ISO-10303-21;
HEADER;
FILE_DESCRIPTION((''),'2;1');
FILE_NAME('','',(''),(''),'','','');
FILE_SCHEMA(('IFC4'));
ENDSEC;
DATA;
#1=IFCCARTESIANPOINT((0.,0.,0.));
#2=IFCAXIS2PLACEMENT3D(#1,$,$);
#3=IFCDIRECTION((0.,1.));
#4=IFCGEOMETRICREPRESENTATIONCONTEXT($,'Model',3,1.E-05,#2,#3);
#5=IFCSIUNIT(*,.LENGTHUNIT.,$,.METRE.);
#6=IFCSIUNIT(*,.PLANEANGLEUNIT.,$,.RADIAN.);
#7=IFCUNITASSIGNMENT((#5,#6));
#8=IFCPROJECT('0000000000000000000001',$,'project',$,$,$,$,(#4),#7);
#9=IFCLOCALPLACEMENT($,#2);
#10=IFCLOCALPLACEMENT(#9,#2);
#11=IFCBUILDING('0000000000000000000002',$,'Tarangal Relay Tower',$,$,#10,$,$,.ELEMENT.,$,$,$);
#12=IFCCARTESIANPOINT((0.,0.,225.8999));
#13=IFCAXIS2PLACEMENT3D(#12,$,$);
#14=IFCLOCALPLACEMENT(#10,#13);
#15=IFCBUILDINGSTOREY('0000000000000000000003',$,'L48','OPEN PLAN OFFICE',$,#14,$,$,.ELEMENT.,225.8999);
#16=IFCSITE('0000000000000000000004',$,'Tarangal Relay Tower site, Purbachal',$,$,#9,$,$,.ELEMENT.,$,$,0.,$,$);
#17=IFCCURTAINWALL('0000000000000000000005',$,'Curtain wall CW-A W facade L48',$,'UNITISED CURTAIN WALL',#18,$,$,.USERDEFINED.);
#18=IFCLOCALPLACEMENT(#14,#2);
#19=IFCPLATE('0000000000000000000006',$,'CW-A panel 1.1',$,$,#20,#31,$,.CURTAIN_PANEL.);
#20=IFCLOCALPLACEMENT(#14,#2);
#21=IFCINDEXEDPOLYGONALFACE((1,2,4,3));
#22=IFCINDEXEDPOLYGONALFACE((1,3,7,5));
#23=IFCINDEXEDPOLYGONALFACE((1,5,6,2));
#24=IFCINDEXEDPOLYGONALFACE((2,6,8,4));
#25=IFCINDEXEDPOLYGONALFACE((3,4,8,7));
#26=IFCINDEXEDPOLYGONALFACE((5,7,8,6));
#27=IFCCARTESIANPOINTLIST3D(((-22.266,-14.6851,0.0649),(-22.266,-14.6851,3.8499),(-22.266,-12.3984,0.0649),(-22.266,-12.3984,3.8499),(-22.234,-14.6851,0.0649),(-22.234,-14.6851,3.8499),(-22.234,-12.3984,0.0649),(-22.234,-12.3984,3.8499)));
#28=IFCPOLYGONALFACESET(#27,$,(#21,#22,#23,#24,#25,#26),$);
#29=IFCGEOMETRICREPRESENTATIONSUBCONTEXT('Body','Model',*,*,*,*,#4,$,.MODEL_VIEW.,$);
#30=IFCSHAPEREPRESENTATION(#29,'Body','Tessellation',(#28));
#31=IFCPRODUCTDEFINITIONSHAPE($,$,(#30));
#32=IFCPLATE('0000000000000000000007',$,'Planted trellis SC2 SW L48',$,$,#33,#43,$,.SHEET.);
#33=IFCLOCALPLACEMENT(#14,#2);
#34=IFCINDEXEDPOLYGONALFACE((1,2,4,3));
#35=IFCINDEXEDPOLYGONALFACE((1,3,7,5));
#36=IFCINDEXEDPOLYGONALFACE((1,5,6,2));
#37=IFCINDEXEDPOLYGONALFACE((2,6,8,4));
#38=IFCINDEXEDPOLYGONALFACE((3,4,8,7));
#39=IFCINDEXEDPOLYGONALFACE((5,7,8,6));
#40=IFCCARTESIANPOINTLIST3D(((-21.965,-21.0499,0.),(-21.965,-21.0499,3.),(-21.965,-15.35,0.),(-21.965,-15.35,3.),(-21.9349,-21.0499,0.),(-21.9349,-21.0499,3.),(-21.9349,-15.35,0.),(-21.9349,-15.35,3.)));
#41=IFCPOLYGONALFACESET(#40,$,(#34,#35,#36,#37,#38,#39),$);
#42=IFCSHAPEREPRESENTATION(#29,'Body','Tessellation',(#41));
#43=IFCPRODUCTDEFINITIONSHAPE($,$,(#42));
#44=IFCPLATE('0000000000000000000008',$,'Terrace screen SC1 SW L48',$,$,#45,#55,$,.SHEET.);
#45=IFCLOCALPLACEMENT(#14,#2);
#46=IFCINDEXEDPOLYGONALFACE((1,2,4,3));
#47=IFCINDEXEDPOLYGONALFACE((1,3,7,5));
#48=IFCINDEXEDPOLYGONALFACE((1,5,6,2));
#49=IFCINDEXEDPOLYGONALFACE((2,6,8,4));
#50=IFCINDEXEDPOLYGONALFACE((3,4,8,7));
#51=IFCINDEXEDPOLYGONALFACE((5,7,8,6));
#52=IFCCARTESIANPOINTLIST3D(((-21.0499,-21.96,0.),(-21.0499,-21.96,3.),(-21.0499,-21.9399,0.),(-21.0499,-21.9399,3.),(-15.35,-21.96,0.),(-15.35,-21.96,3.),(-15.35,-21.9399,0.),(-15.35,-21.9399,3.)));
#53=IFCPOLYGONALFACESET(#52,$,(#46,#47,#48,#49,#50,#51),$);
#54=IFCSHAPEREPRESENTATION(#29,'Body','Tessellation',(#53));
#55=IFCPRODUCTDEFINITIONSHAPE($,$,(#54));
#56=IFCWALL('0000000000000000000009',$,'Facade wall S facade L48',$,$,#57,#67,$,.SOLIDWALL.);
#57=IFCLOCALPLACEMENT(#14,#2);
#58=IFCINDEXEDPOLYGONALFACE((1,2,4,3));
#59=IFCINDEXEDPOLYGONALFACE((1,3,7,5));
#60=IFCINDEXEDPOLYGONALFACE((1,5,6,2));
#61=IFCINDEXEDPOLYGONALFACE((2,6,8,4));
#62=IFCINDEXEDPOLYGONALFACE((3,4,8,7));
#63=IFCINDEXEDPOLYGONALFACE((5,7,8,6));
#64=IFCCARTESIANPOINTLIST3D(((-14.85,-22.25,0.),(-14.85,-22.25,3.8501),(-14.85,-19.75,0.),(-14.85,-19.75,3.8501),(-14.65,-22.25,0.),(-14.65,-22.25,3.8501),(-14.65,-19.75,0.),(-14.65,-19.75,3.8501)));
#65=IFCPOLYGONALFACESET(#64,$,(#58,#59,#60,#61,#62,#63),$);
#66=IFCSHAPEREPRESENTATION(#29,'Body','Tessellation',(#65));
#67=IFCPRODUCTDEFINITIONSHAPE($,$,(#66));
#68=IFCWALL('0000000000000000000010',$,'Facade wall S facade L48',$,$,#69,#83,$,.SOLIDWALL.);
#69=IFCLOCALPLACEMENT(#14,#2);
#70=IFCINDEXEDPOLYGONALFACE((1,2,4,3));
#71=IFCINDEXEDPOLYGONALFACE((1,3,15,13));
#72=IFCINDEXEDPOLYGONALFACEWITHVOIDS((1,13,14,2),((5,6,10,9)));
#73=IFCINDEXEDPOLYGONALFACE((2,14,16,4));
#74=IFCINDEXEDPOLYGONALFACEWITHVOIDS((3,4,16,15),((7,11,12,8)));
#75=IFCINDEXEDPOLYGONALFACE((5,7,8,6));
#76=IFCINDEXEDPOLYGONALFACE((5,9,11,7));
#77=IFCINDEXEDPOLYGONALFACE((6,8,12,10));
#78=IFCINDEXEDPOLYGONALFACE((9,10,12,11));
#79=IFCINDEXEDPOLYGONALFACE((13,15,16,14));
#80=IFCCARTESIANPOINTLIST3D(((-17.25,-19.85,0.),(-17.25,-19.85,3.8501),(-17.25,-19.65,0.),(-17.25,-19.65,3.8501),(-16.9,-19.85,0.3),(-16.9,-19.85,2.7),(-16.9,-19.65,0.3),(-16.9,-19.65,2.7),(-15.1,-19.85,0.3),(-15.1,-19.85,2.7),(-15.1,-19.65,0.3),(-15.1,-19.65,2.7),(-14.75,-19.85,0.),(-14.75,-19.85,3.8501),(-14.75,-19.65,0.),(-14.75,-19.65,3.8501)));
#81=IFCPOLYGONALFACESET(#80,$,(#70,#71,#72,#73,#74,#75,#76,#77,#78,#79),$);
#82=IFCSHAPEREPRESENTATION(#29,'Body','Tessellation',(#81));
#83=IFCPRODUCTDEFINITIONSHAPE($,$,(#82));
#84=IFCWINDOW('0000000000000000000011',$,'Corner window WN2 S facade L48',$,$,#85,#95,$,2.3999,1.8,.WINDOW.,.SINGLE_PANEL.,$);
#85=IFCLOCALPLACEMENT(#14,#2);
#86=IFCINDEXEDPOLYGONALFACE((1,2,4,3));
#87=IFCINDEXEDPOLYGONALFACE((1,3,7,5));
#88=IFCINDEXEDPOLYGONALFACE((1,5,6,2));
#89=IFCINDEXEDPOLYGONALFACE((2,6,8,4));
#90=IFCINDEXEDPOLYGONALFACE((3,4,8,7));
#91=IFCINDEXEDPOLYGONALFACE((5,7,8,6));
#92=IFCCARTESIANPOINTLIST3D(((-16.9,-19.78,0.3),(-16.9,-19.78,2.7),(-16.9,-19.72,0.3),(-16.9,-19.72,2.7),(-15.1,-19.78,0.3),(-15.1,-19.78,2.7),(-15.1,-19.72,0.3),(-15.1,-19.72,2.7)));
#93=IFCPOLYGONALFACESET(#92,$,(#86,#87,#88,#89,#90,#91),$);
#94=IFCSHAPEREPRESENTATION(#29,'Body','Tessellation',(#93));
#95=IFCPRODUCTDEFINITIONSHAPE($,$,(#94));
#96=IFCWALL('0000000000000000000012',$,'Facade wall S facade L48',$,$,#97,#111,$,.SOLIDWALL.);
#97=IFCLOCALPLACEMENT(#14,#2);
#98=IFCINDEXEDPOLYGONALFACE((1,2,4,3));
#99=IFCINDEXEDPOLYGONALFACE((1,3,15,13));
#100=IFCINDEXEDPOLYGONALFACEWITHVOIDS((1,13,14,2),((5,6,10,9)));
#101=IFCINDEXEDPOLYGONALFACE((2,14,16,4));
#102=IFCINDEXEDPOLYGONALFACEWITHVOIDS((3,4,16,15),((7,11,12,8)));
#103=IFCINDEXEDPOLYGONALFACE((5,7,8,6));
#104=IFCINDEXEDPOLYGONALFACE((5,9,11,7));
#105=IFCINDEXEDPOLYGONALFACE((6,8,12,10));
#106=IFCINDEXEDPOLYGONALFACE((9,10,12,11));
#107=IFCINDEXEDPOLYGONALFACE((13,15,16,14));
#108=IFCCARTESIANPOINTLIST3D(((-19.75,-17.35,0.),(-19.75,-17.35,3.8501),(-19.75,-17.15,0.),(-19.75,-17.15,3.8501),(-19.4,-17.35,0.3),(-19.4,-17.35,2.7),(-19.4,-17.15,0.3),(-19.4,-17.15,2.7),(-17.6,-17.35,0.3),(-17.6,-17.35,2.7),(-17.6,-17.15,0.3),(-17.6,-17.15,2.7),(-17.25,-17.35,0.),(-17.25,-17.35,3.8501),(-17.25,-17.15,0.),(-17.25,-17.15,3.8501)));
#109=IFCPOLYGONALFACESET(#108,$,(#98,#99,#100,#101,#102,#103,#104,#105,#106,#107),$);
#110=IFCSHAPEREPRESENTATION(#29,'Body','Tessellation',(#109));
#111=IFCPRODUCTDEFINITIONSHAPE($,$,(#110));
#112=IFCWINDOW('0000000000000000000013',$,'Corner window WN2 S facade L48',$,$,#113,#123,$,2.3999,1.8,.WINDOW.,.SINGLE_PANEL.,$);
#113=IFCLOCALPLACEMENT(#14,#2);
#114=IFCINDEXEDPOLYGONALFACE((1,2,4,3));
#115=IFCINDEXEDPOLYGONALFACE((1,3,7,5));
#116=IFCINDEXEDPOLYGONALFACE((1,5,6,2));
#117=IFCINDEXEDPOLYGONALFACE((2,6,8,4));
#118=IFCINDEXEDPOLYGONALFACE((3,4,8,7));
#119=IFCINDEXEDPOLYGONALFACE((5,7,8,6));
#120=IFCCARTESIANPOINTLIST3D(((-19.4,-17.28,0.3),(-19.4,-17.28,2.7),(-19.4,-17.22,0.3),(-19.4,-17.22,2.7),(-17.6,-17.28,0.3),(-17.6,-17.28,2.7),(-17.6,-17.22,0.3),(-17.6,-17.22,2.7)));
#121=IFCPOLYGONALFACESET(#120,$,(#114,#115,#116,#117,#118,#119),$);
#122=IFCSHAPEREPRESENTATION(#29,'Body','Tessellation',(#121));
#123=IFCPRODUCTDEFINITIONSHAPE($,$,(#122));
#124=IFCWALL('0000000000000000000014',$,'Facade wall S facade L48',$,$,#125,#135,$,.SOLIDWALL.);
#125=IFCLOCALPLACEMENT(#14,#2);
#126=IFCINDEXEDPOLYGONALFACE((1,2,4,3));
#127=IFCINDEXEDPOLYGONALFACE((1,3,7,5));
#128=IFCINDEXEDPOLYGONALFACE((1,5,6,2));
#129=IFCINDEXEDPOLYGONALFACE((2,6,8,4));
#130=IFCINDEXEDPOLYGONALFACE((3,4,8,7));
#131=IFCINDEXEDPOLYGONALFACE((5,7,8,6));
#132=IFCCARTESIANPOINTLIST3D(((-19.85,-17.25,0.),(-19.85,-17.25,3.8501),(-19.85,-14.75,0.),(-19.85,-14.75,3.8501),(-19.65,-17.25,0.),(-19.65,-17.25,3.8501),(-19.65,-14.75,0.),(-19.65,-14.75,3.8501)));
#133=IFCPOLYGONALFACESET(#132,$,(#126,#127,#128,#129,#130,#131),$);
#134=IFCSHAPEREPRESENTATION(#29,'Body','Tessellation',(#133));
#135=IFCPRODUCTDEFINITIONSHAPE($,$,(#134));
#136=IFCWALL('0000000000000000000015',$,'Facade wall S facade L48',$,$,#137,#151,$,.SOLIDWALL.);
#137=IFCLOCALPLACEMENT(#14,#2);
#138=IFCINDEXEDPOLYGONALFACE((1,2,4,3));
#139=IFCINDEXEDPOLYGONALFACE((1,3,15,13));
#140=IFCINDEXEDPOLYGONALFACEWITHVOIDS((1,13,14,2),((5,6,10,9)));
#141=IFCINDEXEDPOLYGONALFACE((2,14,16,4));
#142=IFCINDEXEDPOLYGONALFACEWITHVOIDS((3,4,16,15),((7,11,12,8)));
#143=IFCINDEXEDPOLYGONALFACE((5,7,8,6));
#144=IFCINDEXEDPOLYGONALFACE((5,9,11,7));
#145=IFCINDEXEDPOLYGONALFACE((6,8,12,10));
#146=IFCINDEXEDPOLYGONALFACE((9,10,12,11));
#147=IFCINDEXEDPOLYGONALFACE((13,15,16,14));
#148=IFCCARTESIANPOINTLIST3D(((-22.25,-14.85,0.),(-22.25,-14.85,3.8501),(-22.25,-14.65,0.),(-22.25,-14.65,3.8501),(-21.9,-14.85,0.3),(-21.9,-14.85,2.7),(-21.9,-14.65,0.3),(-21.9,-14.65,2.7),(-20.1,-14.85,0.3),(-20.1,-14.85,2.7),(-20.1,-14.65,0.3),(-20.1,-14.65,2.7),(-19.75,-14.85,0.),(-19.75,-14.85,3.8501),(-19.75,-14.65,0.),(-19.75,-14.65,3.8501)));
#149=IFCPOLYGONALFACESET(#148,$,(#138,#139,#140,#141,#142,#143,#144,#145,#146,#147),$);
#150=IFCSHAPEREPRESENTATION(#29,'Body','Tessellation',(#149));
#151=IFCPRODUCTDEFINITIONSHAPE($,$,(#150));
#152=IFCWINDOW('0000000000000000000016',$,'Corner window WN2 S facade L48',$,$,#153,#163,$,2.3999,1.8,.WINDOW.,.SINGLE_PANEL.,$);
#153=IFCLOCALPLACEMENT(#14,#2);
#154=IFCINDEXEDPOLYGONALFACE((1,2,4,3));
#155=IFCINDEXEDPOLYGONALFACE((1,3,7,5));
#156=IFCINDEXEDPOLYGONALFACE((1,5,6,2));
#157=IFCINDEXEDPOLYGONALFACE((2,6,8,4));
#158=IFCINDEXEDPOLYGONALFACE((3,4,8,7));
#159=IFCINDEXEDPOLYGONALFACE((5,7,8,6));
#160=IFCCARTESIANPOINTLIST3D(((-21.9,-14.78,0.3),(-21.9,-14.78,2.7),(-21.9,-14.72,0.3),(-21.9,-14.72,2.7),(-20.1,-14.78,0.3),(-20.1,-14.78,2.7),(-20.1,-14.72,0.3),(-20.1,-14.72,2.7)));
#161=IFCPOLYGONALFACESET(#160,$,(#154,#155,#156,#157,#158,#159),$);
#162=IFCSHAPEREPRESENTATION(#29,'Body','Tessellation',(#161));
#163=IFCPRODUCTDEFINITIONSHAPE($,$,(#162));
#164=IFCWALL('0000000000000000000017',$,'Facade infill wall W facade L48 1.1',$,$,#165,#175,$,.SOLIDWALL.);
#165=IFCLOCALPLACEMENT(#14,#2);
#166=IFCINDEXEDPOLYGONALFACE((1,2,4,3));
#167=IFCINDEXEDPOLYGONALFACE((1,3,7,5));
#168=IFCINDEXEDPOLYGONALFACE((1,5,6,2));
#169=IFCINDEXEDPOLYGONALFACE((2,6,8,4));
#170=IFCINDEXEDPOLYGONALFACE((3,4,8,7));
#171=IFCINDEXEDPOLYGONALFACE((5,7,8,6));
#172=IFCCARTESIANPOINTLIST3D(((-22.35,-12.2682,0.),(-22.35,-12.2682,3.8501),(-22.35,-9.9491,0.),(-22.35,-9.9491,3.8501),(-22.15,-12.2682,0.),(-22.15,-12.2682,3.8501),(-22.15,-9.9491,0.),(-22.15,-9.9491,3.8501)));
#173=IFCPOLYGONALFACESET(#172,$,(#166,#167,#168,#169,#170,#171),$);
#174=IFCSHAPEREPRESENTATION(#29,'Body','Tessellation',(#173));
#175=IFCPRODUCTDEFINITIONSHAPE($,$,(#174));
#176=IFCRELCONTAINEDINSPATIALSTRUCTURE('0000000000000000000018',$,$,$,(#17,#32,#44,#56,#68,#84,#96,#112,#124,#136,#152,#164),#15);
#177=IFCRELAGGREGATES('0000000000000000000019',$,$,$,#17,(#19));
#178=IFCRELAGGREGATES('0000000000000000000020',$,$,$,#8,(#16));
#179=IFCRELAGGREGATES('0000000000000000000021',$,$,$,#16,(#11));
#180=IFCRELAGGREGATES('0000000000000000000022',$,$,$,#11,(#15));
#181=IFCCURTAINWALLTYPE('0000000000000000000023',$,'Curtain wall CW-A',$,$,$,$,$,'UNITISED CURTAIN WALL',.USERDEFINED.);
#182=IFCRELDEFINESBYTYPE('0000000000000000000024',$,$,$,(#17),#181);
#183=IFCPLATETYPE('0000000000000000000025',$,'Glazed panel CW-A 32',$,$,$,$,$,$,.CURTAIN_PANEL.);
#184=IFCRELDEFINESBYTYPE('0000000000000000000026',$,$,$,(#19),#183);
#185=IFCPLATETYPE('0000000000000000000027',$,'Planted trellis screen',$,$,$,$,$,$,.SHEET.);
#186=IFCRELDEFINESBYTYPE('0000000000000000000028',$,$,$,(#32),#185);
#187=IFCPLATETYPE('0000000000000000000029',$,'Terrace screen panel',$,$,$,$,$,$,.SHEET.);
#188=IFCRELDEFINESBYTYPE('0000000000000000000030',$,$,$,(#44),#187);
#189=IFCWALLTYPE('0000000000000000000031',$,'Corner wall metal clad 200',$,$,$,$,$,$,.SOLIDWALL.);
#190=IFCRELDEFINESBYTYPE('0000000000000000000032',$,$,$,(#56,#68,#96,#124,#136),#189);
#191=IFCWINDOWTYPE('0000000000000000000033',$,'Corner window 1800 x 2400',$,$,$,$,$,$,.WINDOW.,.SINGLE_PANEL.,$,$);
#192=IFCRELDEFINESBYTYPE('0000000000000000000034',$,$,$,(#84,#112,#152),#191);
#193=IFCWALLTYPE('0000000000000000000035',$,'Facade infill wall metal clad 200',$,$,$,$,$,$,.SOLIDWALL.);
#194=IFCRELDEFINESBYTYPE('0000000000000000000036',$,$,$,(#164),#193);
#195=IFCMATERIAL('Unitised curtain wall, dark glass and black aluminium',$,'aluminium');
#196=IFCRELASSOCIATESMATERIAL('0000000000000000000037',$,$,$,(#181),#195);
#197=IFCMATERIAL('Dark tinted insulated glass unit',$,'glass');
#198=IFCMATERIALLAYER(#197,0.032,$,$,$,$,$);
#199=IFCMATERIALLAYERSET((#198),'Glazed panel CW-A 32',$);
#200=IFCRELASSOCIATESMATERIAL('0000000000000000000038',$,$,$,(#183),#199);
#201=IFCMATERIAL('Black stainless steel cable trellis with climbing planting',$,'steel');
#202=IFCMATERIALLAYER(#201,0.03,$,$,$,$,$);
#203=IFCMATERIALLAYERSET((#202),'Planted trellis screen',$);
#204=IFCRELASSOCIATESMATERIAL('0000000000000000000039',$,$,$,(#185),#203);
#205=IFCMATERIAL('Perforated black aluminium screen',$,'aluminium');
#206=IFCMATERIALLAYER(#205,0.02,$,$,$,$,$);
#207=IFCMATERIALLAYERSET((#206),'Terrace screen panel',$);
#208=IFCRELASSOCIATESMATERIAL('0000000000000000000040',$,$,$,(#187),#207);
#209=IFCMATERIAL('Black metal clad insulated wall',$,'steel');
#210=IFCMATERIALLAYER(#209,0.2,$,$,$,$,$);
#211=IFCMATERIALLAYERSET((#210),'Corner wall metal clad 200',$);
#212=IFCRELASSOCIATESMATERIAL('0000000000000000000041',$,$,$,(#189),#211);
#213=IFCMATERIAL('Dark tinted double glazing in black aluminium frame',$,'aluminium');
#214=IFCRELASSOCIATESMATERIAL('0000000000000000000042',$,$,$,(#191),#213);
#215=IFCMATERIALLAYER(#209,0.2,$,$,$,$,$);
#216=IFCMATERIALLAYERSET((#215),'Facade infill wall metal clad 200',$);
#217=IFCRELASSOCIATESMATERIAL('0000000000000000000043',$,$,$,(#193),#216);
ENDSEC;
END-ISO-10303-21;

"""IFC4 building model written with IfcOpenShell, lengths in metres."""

from ifc_helpers import new_model, si_unit, direction, frame, frame_2d, origin, origin_2d, place, context, subcontext, project, spatial, rectangle, extrude, material, layer, layer_set, type_object, element, fill, aggregate, save


model = new_model("IFC4")

# Units and contexts
model_context = context("Model", 3, precision=1e-05, world=origin(), true_north=direction((0.0, 1.0)))
body_context = subcontext(model_context, "Body", "Model", "MODEL_VIEW")
ifc_project = project(units=[si_unit("LENGTHUNIT", "METRE"), si_unit("PLANEANGLEUNIT", "RADIAN")], contexts=[model_context])

# Site, building, storey
site_placement = place(None, origin())
site = spatial("IfcSite", under=ifc_project, at=site_placement, Name="Tarangal Relay Tower site, Purbachal", CompositionType="ELEMENT", RefElevation=0.0)
building_placement = place(site_placement, origin())
building = spatial("IfcBuilding", under=site, at=building_placement, Name="Tarangal Relay Tower", CompositionType="ELEMENT")
storey_placement = place(building_placement, frame((0.0, 0.0, 225.8999)))
storey = spatial("IfcBuildingStorey", under=building, at=storey_placement, Name="L48", Description="OPEN PLAN OFFICE", CompositionType="ELEMENT", Elevation=225.8999)

# Curtain wall
ifc_material_1 = material(Name="Unitised curtain wall, dark glass and black aluminium", Category="aluminium")
curtain_wall_type_1 = type_object("IfcCurtainWallType", Name="Curtain wall CW-A", ElementType="UNITISED CURTAIN WALL", PredefinedType="USERDEFINED", material=ifc_material_1)
curtain_wall_1_placement = place(storey_placement, origin())
curtain_wall_1 = element("IfcCurtainWall", 1, at=curtain_wall_1_placement, inside=storey, type_object=curtain_wall_type_1, Name="Curtain wall CW-A W facade L48", ObjectType="UNITISED CURTAIN WALL", PredefinedType="USERDEFINED")

# Plate
ifc_material_2 = material(Name="Dark tinted insulated glass unit", Category="glass")
ifc_layer_1 = layer(ifc_material_2, 0.032)
ifc_layer_set_1 = layer_set([ifc_layer_1], Name="Glazed panel CW-A 32")
plate_type_1 = type_object("IfcPlateType", Name="Glazed panel CW-A 32", PredefinedType="CURTAIN_PANEL", material=ifc_layer_set_1)
plate_1_placement = place(storey_placement, frame((-22.25, -13.5417, 0.0649), z_axis=(0.0, 0.0, 1.0), x_axis=(0.0, 1.0, 0.0)))
plate_1 = element("IfcPlate", 2, at=plate_1_placement, type_object=plate_type_1, Name="CW-A panel 1.1", PredefinedType="CURTAIN_PANEL", context=body_context, shape_type="SweptSolid", body=[
    extrude(rectangle(XDim=2.2866, YDim=0.032, at=origin_2d()), origin(), (0.0, 0.0, 1.0), 3.7849),
])
aggregate(curtain_wall_1, [plate_1])

# Plates
ifc_material_3 = material(Name="Black stainless steel cable trellis with climbing planting", Category="steel")
ifc_layer_2 = layer(ifc_material_3, 0.03)
ifc_layer_set_2 = layer_set([ifc_layer_2], Name="Planted trellis screen")
plate_type_2 = type_object("IfcPlateType", Name="Planted trellis screen", PredefinedType="SHEET", material=ifc_layer_set_2)
plate_2_placement = place(storey_placement, frame((-21.95, -18.2, 0.0), z_axis=(0.0, 0.0, 1.0), x_axis=(0.0, 1.0, 0.0)))
element("IfcPlate", 3, at=plate_2_placement, inside=storey, type_object=plate_type_2, Name="Planted trellis SC2 SW L48", PredefinedType="SHEET", context=body_context, shape_type="SweptSolid", body=[
    extrude(rectangle(XDim=5.7, YDim=0.03, at=origin_2d()), origin(), (0.0, 0.0, 1.0), 3.0),
])
ifc_material_4 = material(Name="Perforated black aluminium screen", Category="aluminium")
ifc_layer_3 = layer(ifc_material_4, 0.02)
ifc_layer_set_3 = layer_set([ifc_layer_3], Name="Terrace screen panel")
plate_type_3 = type_object("IfcPlateType", Name="Terrace screen panel", PredefinedType="SHEET", material=ifc_layer_set_3)
plate_3_placement = place(storey_placement, frame((-18.2, -21.95, 0.0), z_axis=(0.0, 0.0, 1.0), x_axis=(-1.0, 0.0, 0.0)))
element("IfcPlate", 4, at=plate_3_placement, inside=storey, type_object=plate_type_3, Name="Terrace screen SC1 SW L48", PredefinedType="SHEET", context=body_context, shape_type="SweptSolid", body=[
    extrude(rectangle(XDim=5.7, YDim=0.02, at=origin_2d()), origin(), (0.0, 0.0, 1.0), 3.0),
])

# Wall
ifc_material_5 = material(Name="Black metal clad insulated wall", Category="steel")
ifc_layer_4 = layer(ifc_material_5, 0.2)
ifc_layer_set_4 = layer_set([ifc_layer_4], Name="Corner wall metal clad 200")
wall_type_1 = type_object("IfcWallType", Name="Corner wall metal clad 200", PredefinedType="SOLIDWALL", material=ifc_layer_set_4)
wall_1_placement = place(storey_placement, frame((-14.75, -22.25, 0.0), z_axis=(0.0, 0.0, 1.0), x_axis=(0.0, 1.0, 0.0)))
element("IfcWall", 5, at=wall_1_placement, inside=storey, type_object=wall_type_1, Name="Facade wall S facade L48", PredefinedType="SOLIDWALL", context=body_context, shape_type="SweptSolid", body=[
    extrude(rectangle(XDim=2.5, YDim=0.2, at=frame_2d((1.25, 0.0))), origin(), (0.0, 0.0, 1.0), 3.8501),
])

# Wall, opening, window
wall_2_placement = place(storey_placement, frame((-14.75, -19.75, 0.0), z_axis=(0.0, 0.0, 1.0), x_axis=(-1.0, 0.0, 0.0)))
wall_2 = element("IfcWall", 6, at=wall_2_placement, inside=storey, type_object=wall_type_1, Name="Facade wall S facade L48", PredefinedType="SOLIDWALL", context=body_context, shape_type="SweptSolid", body=[
    extrude(rectangle(XDim=2.5, YDim=0.2, at=frame_2d((1.25, 0.0))), origin(), (0.0, 0.0, 1.0), 3.8501),
])
opening_1_placement = place(wall_2_placement, frame((0.3501, 0.0, 0.3)))
opening_1 = element("IfcOpeningElement", 7, at=opening_1_placement, cuts=wall_2, PredefinedType="OPENING", context=body_context, shape_type="SweptSolid", body=[
    extrude(rectangle(XDim=1.8, YDim=2.3999, at=frame_2d((0.8999, 1.2))), frame((0.0, 0.1099, 0.0), z_axis=(0.0, -1.0, 0.0), x_axis=(1.0, 0.0, 0.0)), (0.0, 0.0, 1.0), 0.22),
])
ifc_material_6 = material(Name="Dark tinted double glazing in black aluminium frame", Category="aluminium")
window_type = type_object("IfcWindowType", Name="Corner window 1800 x 2400", PartitioningType="SINGLE_PANEL", PredefinedType="WINDOW", material=ifc_material_6)
window_1_placement = place(opening_1_placement, origin())
window_1 = element("IfcWindow", 8, at=window_1_placement, inside=storey, type_object=window_type, Name="Corner window WN2 S facade L48", OverallHeight=2.3999, OverallWidth=1.8, PartitioningType="SINGLE_PANEL", PredefinedType="WINDOW", context=body_context, shape_type="SweptSolid", body=[
    extrude(rectangle(XDim=1.8, YDim=2.3999, at=frame_2d((0.8999, 1.2))), frame((0.0, 0.03, 0.0), z_axis=(0.0, -1.0, 0.0), x_axis=(1.0, 0.0, 0.0)), (0.0, 0.0, 1.0), 0.0601),
])
fill(opening_1, window_1)

# Wall, opening, window
wall_3_placement = place(storey_placement, frame((-17.25, -17.25, 0.0), z_axis=(0.0, 0.0, 1.0), x_axis=(-1.0, 0.0, 0.0)))
wall_3 = element("IfcWall", 9, at=wall_3_placement, inside=storey, type_object=wall_type_1, Name="Facade wall S facade L48", PredefinedType="SOLIDWALL", context=body_context, shape_type="SweptSolid", body=[
    extrude(rectangle(XDim=2.5, YDim=0.2, at=frame_2d((1.25, 0.0))), origin(), (0.0, 0.0, 1.0), 3.8501),
])
opening_2_placement = place(wall_3_placement, frame((0.3501, 0.0, 0.3)))
opening_2 = element("IfcOpeningElement", 10, at=opening_2_placement, cuts=wall_3, PredefinedType="OPENING", context=body_context, shape_type="SweptSolid", body=[
    extrude(rectangle(XDim=1.8, YDim=2.3999, at=frame_2d((0.8999, 1.2))), frame((0.0, 0.1099, 0.0), z_axis=(0.0, -1.0, 0.0), x_axis=(1.0, 0.0, 0.0)), (0.0, 0.0, 1.0), 0.22),
])
window_2_placement = place(opening_2_placement, origin())
window_2 = element("IfcWindow", 11, at=window_2_placement, inside=storey, type_object=window_type, Name="Corner window WN2 S facade L48", OverallHeight=2.3999, OverallWidth=1.8, PartitioningType="SINGLE_PANEL", PredefinedType="WINDOW", context=body_context, shape_type="SweptSolid", body=[
    extrude(rectangle(XDim=1.8, YDim=2.3999, at=frame_2d((0.8999, 1.2))), frame((0.0, 0.03, 0.0), z_axis=(0.0, -1.0, 0.0), x_axis=(1.0, 0.0, 0.0)), (0.0, 0.0, 1.0), 0.0601),
])
fill(opening_2, window_2)

# Wall
wall_4_placement = place(storey_placement, frame((-19.75, -17.25, 0.0), z_axis=(0.0, 0.0, 1.0), x_axis=(0.0, 1.0, 0.0)))
element("IfcWall", 12, at=wall_4_placement, inside=storey, type_object=wall_type_1, Name="Facade wall S facade L48", PredefinedType="SOLIDWALL", context=body_context, shape_type="SweptSolid", body=[
    extrude(rectangle(XDim=2.5, YDim=0.2, at=frame_2d((1.25, 0.0))), origin(), (0.0, 0.0, 1.0), 3.8501),
])

# Wall, opening, window
wall_5_placement = place(storey_placement, frame((-19.75, -14.75, 0.0), z_axis=(0.0, 0.0, 1.0), x_axis=(-1.0, 0.0, 0.0)))
wall_5 = element("IfcWall", 13, at=wall_5_placement, inside=storey, type_object=wall_type_1, Name="Facade wall S facade L48", PredefinedType="SOLIDWALL", context=body_context, shape_type="SweptSolid", body=[
    extrude(rectangle(XDim=2.5, YDim=0.2, at=frame_2d((1.25, 0.0))), origin(), (0.0, 0.0, 1.0), 3.8501),
])
opening_3_placement = place(wall_5_placement, frame((0.3501, 0.0, 0.3)))
opening_3 = element("IfcOpeningElement", 14, at=opening_3_placement, cuts=wall_5, PredefinedType="OPENING", context=body_context, shape_type="SweptSolid", body=[
    extrude(rectangle(XDim=1.8, YDim=2.3999, at=frame_2d((0.8999, 1.2))), frame((0.0, 0.1099, 0.0), z_axis=(0.0, -1.0, 0.0), x_axis=(1.0, 0.0, 0.0)), (0.0, 0.0, 1.0), 0.22),
])
window_3_placement = place(opening_3_placement, origin())
window_3 = element("IfcWindow", 15, at=window_3_placement, inside=storey, type_object=window_type, Name="Corner window WN2 S facade L48", OverallHeight=2.3999, OverallWidth=1.8, PartitioningType="SINGLE_PANEL", PredefinedType="WINDOW", context=body_context, shape_type="SweptSolid", body=[
    extrude(rectangle(XDim=1.8, YDim=2.3999, at=frame_2d((0.8999, 1.2))), frame((0.0, 0.03, 0.0), z_axis=(0.0, -1.0, 0.0), x_axis=(1.0, 0.0, 0.0)), (0.0, 0.0, 1.0), 0.0601),
])
fill(opening_3, window_3)

# Wall
ifc_layer_5 = layer(ifc_material_5, 0.2)
ifc_layer_set_5 = layer_set([ifc_layer_5], Name="Facade infill wall metal clad 200")
wall_type_2 = type_object("IfcWallType", Name="Facade infill wall metal clad 200", PredefinedType="SOLIDWALL", material=ifc_layer_set_5)
wall_6_placement = place(storey_placement, frame((-22.25, -12.2683, 0.0), z_axis=(0.0, 0.0, 1.0), x_axis=(0.0, 1.0, 0.0)))
element("IfcWall", 16, at=wall_6_placement, inside=storey, type_object=wall_type_2, Name="Facade infill wall W facade L48 1.1", PredefinedType="SOLIDWALL", context=body_context, shape_type="SweptSolid", body=[
    extrude(rectangle(XDim=2.3191, YDim=0.2, at=frame_2d((1.1597, 0.0))), origin(), (0.0, 0.0, 1.0), 3.8501),
])

save(model, "model.ifc")
